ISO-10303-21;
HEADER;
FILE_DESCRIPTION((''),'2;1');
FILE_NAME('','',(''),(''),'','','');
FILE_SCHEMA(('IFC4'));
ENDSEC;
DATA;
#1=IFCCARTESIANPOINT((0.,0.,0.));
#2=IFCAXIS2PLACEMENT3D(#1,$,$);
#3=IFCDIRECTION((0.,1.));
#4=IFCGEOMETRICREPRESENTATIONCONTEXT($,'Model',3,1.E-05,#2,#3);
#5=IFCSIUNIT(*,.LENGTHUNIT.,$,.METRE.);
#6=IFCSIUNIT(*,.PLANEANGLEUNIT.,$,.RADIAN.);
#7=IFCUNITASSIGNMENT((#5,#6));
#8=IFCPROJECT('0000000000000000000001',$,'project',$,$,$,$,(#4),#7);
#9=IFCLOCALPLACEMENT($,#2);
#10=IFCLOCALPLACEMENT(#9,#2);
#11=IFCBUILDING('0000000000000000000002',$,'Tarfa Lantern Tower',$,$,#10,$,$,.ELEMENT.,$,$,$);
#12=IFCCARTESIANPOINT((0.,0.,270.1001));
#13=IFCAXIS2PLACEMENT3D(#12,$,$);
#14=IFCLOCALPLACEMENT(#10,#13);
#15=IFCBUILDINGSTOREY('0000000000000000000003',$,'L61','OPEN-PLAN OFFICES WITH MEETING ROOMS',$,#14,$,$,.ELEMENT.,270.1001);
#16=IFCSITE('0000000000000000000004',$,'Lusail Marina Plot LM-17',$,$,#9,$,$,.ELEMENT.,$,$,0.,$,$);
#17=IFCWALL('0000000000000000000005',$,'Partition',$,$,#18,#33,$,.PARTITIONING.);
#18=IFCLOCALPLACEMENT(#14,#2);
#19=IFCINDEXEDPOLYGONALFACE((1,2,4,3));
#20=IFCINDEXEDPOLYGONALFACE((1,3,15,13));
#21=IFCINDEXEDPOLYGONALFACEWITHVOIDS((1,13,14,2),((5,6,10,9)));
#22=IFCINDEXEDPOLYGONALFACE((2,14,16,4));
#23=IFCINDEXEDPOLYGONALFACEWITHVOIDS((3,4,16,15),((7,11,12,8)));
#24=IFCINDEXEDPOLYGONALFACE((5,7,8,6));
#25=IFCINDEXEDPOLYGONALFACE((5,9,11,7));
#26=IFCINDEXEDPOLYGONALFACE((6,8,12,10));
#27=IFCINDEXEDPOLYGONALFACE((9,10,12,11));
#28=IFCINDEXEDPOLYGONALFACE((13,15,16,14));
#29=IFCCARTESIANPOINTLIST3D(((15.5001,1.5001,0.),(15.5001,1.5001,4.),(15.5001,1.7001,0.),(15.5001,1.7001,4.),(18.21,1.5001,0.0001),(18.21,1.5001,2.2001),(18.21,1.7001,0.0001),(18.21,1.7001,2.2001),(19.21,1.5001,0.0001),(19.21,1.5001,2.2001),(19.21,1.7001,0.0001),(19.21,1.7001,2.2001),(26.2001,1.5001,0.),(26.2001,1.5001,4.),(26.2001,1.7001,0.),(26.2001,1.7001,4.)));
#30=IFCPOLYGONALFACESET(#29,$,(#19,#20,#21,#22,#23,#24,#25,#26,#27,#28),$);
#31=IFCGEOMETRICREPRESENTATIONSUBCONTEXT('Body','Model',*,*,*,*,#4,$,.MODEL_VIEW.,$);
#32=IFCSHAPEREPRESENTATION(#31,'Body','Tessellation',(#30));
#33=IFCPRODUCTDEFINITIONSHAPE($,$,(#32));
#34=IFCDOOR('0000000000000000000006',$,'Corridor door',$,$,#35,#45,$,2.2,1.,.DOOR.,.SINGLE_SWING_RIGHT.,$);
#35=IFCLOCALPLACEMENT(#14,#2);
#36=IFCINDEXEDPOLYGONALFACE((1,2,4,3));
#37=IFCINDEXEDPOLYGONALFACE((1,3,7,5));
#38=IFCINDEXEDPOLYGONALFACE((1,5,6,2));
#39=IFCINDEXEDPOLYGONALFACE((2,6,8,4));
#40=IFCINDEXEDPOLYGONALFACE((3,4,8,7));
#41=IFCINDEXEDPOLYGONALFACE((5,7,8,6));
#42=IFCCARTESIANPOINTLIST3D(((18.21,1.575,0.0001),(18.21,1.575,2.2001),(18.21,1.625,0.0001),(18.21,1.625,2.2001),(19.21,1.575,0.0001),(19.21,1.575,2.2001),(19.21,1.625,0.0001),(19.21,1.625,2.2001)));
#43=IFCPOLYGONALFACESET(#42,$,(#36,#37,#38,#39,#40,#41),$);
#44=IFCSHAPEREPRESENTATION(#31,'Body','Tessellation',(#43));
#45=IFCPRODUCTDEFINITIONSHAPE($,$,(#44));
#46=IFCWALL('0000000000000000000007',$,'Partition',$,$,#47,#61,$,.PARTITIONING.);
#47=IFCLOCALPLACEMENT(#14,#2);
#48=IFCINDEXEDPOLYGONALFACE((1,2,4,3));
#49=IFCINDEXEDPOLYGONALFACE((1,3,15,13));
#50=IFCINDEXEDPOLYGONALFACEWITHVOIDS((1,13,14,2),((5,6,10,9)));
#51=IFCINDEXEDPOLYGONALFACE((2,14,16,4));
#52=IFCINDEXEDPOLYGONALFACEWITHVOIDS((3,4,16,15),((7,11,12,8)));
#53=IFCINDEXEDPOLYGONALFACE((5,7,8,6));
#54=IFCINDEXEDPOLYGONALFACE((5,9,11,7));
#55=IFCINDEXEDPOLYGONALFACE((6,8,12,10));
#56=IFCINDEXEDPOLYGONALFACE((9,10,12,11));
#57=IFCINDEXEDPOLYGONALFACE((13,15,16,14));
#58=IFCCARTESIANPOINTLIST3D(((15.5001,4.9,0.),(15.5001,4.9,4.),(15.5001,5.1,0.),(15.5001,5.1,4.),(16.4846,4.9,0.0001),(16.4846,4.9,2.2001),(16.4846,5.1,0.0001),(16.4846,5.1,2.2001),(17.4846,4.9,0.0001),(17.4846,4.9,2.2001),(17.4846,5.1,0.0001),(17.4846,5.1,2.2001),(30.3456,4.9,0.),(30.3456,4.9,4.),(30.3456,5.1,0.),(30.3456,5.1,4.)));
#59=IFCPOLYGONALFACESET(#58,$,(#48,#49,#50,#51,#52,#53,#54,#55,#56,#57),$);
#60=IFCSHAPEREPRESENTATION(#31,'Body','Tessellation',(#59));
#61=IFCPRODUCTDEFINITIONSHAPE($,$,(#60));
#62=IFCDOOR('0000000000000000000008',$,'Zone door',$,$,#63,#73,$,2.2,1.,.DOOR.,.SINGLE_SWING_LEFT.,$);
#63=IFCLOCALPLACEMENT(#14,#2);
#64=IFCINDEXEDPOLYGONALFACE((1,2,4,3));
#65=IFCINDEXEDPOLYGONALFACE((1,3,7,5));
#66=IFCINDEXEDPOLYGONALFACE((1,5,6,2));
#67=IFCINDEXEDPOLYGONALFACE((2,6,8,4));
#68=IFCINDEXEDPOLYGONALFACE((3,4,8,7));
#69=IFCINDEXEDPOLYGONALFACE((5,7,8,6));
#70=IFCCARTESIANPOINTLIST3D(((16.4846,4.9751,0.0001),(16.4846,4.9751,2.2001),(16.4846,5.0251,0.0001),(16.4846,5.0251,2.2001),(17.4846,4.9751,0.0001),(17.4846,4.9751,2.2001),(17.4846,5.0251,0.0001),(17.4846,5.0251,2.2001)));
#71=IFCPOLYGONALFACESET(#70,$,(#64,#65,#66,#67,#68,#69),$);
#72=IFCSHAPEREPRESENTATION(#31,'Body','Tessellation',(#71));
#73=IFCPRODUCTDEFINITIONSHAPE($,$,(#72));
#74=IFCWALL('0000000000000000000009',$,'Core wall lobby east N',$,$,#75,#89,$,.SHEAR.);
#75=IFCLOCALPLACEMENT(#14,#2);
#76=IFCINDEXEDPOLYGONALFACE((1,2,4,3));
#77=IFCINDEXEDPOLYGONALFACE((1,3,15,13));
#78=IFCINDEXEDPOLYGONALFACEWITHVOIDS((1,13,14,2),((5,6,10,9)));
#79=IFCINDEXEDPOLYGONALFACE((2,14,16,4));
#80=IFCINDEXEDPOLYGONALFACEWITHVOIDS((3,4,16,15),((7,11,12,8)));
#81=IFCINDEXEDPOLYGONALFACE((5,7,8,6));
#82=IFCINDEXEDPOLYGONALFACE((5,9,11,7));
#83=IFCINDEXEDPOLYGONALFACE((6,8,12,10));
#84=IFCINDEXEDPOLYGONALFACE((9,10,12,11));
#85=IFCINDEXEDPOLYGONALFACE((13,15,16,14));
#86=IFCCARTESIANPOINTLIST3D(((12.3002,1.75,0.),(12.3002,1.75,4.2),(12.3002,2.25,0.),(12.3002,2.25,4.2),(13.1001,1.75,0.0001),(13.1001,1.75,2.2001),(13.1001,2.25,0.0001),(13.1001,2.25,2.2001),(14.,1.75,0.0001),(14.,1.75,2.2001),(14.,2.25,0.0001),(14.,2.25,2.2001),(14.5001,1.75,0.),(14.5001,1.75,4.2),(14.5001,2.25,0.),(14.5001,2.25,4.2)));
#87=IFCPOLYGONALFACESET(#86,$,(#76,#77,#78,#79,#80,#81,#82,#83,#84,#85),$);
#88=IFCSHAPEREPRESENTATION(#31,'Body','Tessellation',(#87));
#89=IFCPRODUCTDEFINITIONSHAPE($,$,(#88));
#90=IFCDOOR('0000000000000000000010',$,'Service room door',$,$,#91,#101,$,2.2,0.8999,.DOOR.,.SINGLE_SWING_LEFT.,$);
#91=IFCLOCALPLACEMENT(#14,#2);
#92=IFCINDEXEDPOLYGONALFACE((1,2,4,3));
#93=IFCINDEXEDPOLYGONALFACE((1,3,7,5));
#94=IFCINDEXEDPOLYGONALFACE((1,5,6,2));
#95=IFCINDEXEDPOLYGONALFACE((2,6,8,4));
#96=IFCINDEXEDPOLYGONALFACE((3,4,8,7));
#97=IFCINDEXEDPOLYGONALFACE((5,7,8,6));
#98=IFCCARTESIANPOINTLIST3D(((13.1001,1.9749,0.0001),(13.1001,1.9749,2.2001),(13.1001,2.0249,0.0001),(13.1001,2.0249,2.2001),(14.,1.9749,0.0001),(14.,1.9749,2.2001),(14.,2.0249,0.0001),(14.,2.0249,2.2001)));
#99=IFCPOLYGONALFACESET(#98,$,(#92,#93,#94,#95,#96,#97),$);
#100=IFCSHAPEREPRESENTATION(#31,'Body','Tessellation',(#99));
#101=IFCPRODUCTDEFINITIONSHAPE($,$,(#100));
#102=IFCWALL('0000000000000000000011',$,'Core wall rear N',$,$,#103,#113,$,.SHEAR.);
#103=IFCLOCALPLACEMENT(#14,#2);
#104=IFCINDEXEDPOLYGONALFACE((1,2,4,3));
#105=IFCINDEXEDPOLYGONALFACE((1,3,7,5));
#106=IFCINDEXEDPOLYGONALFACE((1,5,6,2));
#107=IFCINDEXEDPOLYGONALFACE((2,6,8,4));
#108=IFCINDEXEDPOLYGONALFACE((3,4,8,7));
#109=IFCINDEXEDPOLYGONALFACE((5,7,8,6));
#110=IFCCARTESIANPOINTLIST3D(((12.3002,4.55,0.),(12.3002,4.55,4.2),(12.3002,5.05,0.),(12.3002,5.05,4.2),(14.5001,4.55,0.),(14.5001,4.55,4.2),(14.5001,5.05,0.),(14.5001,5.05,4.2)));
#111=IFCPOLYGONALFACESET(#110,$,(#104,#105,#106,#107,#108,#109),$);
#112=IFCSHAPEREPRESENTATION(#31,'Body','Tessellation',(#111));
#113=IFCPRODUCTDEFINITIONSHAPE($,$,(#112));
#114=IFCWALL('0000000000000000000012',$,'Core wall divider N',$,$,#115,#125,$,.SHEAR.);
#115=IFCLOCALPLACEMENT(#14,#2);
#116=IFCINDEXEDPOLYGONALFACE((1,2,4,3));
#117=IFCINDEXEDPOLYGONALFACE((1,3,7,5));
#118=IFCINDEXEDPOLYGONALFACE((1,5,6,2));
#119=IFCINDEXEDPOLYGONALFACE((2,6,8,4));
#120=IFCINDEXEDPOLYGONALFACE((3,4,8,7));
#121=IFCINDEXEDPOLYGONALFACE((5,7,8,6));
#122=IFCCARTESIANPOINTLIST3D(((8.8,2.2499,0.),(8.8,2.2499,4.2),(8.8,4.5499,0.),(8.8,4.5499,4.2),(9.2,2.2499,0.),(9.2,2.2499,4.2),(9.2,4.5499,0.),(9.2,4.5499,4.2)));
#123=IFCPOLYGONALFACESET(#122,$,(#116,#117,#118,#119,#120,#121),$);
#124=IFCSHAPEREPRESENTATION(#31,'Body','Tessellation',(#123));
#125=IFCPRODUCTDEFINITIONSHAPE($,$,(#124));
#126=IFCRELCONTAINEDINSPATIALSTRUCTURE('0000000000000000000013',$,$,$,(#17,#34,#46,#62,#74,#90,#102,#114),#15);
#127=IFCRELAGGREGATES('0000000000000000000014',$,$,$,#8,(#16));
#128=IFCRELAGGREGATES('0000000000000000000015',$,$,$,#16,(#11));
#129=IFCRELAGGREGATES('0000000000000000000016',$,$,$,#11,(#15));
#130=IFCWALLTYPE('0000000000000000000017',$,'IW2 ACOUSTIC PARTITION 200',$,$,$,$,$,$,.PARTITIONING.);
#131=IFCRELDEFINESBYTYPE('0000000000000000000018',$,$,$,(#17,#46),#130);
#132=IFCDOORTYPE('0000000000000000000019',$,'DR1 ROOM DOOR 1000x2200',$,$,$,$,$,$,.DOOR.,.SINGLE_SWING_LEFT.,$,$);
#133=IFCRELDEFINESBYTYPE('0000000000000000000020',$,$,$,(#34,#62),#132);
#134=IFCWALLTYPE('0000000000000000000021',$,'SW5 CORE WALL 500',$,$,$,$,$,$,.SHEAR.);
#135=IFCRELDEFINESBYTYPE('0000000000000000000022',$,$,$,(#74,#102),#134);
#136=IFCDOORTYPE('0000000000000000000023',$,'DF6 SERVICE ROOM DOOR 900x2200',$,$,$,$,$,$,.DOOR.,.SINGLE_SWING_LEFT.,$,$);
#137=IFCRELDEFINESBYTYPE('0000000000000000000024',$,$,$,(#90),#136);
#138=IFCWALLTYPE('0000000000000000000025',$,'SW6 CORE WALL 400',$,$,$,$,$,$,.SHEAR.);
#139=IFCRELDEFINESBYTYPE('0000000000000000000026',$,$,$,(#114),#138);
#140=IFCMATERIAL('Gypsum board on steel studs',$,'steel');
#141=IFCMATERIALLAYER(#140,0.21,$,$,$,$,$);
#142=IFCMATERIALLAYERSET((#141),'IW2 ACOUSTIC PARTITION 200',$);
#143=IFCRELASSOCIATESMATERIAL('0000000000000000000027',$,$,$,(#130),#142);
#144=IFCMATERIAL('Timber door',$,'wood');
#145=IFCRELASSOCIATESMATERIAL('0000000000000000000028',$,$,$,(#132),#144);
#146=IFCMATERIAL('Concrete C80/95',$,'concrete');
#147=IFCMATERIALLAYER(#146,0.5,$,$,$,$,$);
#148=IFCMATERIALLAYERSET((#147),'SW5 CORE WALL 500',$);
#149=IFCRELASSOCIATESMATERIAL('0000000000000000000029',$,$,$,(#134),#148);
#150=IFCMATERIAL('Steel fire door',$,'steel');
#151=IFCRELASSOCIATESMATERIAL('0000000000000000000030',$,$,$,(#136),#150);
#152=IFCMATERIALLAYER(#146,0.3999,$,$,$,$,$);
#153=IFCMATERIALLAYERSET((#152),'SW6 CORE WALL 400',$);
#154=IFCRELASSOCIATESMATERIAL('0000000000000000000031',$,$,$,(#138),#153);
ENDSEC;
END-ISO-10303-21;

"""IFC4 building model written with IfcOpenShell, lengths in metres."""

from ifc_helpers import new_model, si_unit, direction, frame, frame_2d, origin, place, context, subcontext, project, spatial, rectangle, extrude, material, layer, layer_set, type_object, element, fill, save


model = new_model("IFC4")

# Units and contexts
model_context = context("Model", 3, precision=1e-05, world=origin(), true_north=direction((0.0, 1.0)))
body_context = subcontext(model_context, "Body", "Model", "MODEL_VIEW")
ifc_project = project(units=[si_unit("LENGTHUNIT", "METRE"), si_unit("PLANEANGLEUNIT", "RADIAN")], contexts=[model_context])

# Site, building, storey
site_placement = place(None, origin())
site = spatial("IfcSite", under=ifc_project, at=site_placement, Name="Lusail Marina Plot LM-17", CompositionType="ELEMENT", RefElevation=0.0)
building_placement = place(site_placement, origin())
building = spatial("IfcBuilding", under=site, at=building_placement, Name="Tarfa Lantern Tower", CompositionType="ELEMENT")
storey_placement = place(building_placement, frame((0.0, 0.0, 270.1001)))
storey = spatial("IfcBuildingStorey", under=building, at=storey_placement, Name="L61", Description="OPEN-PLAN OFFICES WITH MEETING ROOMS", CompositionType="ELEMENT", Elevation=270.1001)

# Shared definitions
ifc_material_1 = material(Name="Concrete C80/95", Category="concrete")

# Shared definitions
ifc_material_2 = material(Name="Gypsum board on steel studs", Category="steel")
ifc_layer_1 = layer(ifc_material_2, 0.21)
ifc_layer_set_1 = layer_set([ifc_layer_1], Name="IW2 ACOUSTIC PARTITION 200")
wall_type_1 = type_object("IfcWallType", Name="IW2 ACOUSTIC PARTITION 200", PredefinedType="PARTITIONING", material=ifc_layer_set_1)

# Walls, openings, doors
wall_1_placement = place(storey_placement, frame((15.5, 1.6001, 0.0), z_axis=(0.0, 0.0, 1.0), x_axis=(1.0, 0.0, 0.0)))
wall_1 = element("IfcWall", 1, at=wall_1_placement, inside=storey, type_object=wall_type_1, Name="Partition", PredefinedType="PARTITIONING", context=body_context, shape_type="SweptSolid", body=[
    extrude(rectangle(XDim=10.7, YDim=0.2, at=frame_2d((5.3501, 0.0))), origin(), (0.0, 0.0, 1.0), 4.0),
])
opening_1_placement = place(wall_1_placement, frame((2.71, 0.0, 0.0)))
opening_1 = element("IfcOpeningElement", 2, at=opening_1_placement, cuts=wall_1, PredefinedType="OPENING", context=body_context, shape_type="SweptSolid", body=[
    extrude(rectangle(XDim=1.0, YDim=2.2, at=frame_2d((0.5, 1.1001))), frame((0.0, 0.1099, 0.0), z_axis=(0.0, -1.0, 0.0), x_axis=(1.0, 0.0, 0.0)), (0.0, 0.0, 1.0), 0.22),
])
ifc_material_3 = material(Name="Timber door", Category="wood")
door_type_1 = type_object("IfcDoorType", Name="DR1 ROOM DOOR 1000x2200", OperationType="SINGLE_SWING_LEFT", PredefinedType="DOOR", material=ifc_material_3)
door_1_placement = place(opening_1_placement, origin())
door_1 = element("IfcDoor", 3, at=door_1_placement, inside=storey, type_object=door_type_1, Name="Corridor door", OperationType="SINGLE_SWING_RIGHT", OverallHeight=2.2, OverallWidth=1.0, PredefinedType="DOOR", context=body_context, shape_type="SweptSolid", body=[
    extrude(rectangle(XDim=1.0, YDim=2.2, at=frame_2d((0.5, 1.1001))), frame((0.0, 0.0249, 0.0), z_axis=(0.0, -1.0, 0.0), x_axis=(1.0, 0.0, 0.0)), (0.0, 0.0, 1.0), 0.05),
])
fill(opening_1, door_1)
wall_2_placement = place(storey_placement, frame((15.5, 5.0, 0.0), z_axis=(0.0, 0.0, 1.0), x_axis=(1.0, 0.0, 0.0)))
wall_2 = element("IfcWall", 4, at=wall_2_placement, inside=storey, type_object=wall_type_1, Name="Partition", PredefinedType="PARTITIONING", context=body_context, shape_type="SweptSolid", body=[
    extrude(rectangle(XDim=14.8455, YDim=0.2, at=frame_2d((7.4229, 0.0))), origin(), (0.0, 0.0, 1.0), 4.0),
])
opening_2_placement = place(wall_2_placement, frame((0.9846, 0.0, 0.0)))
opening_2 = element("IfcOpeningElement", 5, at=opening_2_placement, cuts=wall_2, PredefinedType="OPENING", context=body_context, shape_type="SweptSolid", body=[
    extrude(rectangle(XDim=1.0, YDim=2.2, at=frame_2d((0.5, 1.1001))), frame((0.0, 0.1099, 0.0), z_axis=(0.0, -1.0, 0.0), x_axis=(1.0, 0.0, 0.0)), (0.0, 0.0, 1.0), 0.22),
])
door_2_placement = place(opening_2_placement, frame((1.0, 0.0, 0.0), z_axis=(0.0, 0.0, 1.0), x_axis=(-1.0, 0.0, 0.0)))
door_2 = element("IfcDoor", 6, at=door_2_placement, inside=storey, type_object=door_type_1, Name="Zone door", OperationType="SINGLE_SWING_LEFT", OverallHeight=2.2, OverallWidth=1.0, PredefinedType="DOOR", context=body_context, shape_type="SweptSolid", body=[
    extrude(rectangle(XDim=1.0, YDim=2.2, at=frame_2d((0.5, 1.1001))), frame((0.0, 0.0249, 0.0), z_axis=(0.0, -1.0, 0.0), x_axis=(1.0, 0.0, 0.0)), (0.0, 0.0, 1.0), 0.05),
])
fill(opening_2, door_2)
ifc_layer_2 = layer(ifc_material_1, 0.5)
ifc_layer_set_2 = layer_set([ifc_layer_2], Name="SW5 CORE WALL 500")
wall_type_2 = type_object("IfcWallType", Name="SW5 CORE WALL 500", PredefinedType="SHEAR", material=ifc_layer_set_2)
wall_3_placement = place(storey_placement, frame((12.3, 2.0, 0.0), z_axis=(0.0, 0.0, 1.0), x_axis=(1.0, 0.0, 0.0)))
wall_3 = element("IfcWall", 7, at=wall_3_placement, inside=storey, type_object=wall_type_2, Name="Core wall lobby east N", PredefinedType="SHEAR", context=body_context, shape_type="SweptSolid", body=[
    extrude(rectangle(XDim=2.2, YDim=0.5, at=frame_2d((1.1001, 0.0))), origin(), (0.0, 0.0, 1.0), 4.2),
])
opening_3_placement = place(wall_3_placement, frame((0.8, 0.0, 0.0)))
opening_3 = element("IfcOpeningElement", 8, at=opening_3_placement, cuts=wall_3, PredefinedType="OPENING", context=body_context, shape_type="SweptSolid", body=[
    extrude(rectangle(XDim=0.8999, YDim=2.2, at=frame_2d((0.45, 1.1001))), frame((0.0, 0.26, 0.0), z_axis=(0.0, -1.0, 0.0), x_axis=(1.0, 0.0, 0.0)), (0.0, 0.0, 1.0), 0.52),
])
ifc_material_4 = material(Name="Steel fire door", Category="steel")
door_type_2 = type_object("IfcDoorType", Name="DF6 SERVICE ROOM DOOR 900x2200", OperationType="SINGLE_SWING_LEFT", PredefinedType="DOOR", material=ifc_material_4)
door_3_placement = place(opening_3_placement, origin())
door_3 = element("IfcDoor", 9, at=door_3_placement, inside=storey, type_object=door_type_2, Name="Service room door", OperationType="SINGLE_SWING_LEFT", OverallHeight=2.2, OverallWidth=0.8999, PredefinedType="DOOR", context=body_context, shape_type="SweptSolid", body=[
    extrude(rectangle(XDim=0.8999, YDim=2.2, at=frame_2d((0.45, 1.1001))), frame((0.0, 0.0249, 0.0), z_axis=(0.0, -1.0, 0.0), x_axis=(1.0, 0.0, 0.0)), (0.0, 0.0, 1.0), 0.05),
])
fill(opening_3, door_3)

# Walls
wall_4_placement = place(storey_placement, frame((12.3, 4.8, 0.0), z_axis=(0.0, 0.0, 1.0), x_axis=(1.0, 0.0, 0.0)))
element("IfcWall", 10, at=wall_4_placement, inside=storey, type_object=wall_type_2, Name="Core wall rear N", PredefinedType="SHEAR", context=body_context, shape_type="SweptSolid", body=[
    extrude(rectangle(XDim=2.2, YDim=0.5, at=frame_2d((1.1001, 0.0))), origin(), (0.0, 0.0, 1.0), 4.2),
])
ifc_layer_3 = layer(ifc_material_1, 0.3999)
ifc_layer_set_3 = layer_set([ifc_layer_3], Name="SW6 CORE WALL 400")
wall_type_3 = type_object("IfcWallType", Name="SW6 CORE WALL 400", PredefinedType="SHEAR", material=ifc_layer_set_3)
wall_5_placement = place(storey_placement, frame((9.0, 2.25, 0.0), z_axis=(0.0, 0.0, 1.0), x_axis=(0.0, 1.0, 0.0)))
element("IfcWall", 11, at=wall_5_placement, inside=storey, type_object=wall_type_3, Name="Core wall divider N", PredefinedType="SHEAR", context=body_context, shape_type="SweptSolid", body=[
    extrude(rectangle(XDim=2.3, YDim=0.3999, at=frame_2d((1.1499, 0.0))), origin(), (0.0, 0.0, 1.0), 4.2),
])

save(model, "model.ifc")
